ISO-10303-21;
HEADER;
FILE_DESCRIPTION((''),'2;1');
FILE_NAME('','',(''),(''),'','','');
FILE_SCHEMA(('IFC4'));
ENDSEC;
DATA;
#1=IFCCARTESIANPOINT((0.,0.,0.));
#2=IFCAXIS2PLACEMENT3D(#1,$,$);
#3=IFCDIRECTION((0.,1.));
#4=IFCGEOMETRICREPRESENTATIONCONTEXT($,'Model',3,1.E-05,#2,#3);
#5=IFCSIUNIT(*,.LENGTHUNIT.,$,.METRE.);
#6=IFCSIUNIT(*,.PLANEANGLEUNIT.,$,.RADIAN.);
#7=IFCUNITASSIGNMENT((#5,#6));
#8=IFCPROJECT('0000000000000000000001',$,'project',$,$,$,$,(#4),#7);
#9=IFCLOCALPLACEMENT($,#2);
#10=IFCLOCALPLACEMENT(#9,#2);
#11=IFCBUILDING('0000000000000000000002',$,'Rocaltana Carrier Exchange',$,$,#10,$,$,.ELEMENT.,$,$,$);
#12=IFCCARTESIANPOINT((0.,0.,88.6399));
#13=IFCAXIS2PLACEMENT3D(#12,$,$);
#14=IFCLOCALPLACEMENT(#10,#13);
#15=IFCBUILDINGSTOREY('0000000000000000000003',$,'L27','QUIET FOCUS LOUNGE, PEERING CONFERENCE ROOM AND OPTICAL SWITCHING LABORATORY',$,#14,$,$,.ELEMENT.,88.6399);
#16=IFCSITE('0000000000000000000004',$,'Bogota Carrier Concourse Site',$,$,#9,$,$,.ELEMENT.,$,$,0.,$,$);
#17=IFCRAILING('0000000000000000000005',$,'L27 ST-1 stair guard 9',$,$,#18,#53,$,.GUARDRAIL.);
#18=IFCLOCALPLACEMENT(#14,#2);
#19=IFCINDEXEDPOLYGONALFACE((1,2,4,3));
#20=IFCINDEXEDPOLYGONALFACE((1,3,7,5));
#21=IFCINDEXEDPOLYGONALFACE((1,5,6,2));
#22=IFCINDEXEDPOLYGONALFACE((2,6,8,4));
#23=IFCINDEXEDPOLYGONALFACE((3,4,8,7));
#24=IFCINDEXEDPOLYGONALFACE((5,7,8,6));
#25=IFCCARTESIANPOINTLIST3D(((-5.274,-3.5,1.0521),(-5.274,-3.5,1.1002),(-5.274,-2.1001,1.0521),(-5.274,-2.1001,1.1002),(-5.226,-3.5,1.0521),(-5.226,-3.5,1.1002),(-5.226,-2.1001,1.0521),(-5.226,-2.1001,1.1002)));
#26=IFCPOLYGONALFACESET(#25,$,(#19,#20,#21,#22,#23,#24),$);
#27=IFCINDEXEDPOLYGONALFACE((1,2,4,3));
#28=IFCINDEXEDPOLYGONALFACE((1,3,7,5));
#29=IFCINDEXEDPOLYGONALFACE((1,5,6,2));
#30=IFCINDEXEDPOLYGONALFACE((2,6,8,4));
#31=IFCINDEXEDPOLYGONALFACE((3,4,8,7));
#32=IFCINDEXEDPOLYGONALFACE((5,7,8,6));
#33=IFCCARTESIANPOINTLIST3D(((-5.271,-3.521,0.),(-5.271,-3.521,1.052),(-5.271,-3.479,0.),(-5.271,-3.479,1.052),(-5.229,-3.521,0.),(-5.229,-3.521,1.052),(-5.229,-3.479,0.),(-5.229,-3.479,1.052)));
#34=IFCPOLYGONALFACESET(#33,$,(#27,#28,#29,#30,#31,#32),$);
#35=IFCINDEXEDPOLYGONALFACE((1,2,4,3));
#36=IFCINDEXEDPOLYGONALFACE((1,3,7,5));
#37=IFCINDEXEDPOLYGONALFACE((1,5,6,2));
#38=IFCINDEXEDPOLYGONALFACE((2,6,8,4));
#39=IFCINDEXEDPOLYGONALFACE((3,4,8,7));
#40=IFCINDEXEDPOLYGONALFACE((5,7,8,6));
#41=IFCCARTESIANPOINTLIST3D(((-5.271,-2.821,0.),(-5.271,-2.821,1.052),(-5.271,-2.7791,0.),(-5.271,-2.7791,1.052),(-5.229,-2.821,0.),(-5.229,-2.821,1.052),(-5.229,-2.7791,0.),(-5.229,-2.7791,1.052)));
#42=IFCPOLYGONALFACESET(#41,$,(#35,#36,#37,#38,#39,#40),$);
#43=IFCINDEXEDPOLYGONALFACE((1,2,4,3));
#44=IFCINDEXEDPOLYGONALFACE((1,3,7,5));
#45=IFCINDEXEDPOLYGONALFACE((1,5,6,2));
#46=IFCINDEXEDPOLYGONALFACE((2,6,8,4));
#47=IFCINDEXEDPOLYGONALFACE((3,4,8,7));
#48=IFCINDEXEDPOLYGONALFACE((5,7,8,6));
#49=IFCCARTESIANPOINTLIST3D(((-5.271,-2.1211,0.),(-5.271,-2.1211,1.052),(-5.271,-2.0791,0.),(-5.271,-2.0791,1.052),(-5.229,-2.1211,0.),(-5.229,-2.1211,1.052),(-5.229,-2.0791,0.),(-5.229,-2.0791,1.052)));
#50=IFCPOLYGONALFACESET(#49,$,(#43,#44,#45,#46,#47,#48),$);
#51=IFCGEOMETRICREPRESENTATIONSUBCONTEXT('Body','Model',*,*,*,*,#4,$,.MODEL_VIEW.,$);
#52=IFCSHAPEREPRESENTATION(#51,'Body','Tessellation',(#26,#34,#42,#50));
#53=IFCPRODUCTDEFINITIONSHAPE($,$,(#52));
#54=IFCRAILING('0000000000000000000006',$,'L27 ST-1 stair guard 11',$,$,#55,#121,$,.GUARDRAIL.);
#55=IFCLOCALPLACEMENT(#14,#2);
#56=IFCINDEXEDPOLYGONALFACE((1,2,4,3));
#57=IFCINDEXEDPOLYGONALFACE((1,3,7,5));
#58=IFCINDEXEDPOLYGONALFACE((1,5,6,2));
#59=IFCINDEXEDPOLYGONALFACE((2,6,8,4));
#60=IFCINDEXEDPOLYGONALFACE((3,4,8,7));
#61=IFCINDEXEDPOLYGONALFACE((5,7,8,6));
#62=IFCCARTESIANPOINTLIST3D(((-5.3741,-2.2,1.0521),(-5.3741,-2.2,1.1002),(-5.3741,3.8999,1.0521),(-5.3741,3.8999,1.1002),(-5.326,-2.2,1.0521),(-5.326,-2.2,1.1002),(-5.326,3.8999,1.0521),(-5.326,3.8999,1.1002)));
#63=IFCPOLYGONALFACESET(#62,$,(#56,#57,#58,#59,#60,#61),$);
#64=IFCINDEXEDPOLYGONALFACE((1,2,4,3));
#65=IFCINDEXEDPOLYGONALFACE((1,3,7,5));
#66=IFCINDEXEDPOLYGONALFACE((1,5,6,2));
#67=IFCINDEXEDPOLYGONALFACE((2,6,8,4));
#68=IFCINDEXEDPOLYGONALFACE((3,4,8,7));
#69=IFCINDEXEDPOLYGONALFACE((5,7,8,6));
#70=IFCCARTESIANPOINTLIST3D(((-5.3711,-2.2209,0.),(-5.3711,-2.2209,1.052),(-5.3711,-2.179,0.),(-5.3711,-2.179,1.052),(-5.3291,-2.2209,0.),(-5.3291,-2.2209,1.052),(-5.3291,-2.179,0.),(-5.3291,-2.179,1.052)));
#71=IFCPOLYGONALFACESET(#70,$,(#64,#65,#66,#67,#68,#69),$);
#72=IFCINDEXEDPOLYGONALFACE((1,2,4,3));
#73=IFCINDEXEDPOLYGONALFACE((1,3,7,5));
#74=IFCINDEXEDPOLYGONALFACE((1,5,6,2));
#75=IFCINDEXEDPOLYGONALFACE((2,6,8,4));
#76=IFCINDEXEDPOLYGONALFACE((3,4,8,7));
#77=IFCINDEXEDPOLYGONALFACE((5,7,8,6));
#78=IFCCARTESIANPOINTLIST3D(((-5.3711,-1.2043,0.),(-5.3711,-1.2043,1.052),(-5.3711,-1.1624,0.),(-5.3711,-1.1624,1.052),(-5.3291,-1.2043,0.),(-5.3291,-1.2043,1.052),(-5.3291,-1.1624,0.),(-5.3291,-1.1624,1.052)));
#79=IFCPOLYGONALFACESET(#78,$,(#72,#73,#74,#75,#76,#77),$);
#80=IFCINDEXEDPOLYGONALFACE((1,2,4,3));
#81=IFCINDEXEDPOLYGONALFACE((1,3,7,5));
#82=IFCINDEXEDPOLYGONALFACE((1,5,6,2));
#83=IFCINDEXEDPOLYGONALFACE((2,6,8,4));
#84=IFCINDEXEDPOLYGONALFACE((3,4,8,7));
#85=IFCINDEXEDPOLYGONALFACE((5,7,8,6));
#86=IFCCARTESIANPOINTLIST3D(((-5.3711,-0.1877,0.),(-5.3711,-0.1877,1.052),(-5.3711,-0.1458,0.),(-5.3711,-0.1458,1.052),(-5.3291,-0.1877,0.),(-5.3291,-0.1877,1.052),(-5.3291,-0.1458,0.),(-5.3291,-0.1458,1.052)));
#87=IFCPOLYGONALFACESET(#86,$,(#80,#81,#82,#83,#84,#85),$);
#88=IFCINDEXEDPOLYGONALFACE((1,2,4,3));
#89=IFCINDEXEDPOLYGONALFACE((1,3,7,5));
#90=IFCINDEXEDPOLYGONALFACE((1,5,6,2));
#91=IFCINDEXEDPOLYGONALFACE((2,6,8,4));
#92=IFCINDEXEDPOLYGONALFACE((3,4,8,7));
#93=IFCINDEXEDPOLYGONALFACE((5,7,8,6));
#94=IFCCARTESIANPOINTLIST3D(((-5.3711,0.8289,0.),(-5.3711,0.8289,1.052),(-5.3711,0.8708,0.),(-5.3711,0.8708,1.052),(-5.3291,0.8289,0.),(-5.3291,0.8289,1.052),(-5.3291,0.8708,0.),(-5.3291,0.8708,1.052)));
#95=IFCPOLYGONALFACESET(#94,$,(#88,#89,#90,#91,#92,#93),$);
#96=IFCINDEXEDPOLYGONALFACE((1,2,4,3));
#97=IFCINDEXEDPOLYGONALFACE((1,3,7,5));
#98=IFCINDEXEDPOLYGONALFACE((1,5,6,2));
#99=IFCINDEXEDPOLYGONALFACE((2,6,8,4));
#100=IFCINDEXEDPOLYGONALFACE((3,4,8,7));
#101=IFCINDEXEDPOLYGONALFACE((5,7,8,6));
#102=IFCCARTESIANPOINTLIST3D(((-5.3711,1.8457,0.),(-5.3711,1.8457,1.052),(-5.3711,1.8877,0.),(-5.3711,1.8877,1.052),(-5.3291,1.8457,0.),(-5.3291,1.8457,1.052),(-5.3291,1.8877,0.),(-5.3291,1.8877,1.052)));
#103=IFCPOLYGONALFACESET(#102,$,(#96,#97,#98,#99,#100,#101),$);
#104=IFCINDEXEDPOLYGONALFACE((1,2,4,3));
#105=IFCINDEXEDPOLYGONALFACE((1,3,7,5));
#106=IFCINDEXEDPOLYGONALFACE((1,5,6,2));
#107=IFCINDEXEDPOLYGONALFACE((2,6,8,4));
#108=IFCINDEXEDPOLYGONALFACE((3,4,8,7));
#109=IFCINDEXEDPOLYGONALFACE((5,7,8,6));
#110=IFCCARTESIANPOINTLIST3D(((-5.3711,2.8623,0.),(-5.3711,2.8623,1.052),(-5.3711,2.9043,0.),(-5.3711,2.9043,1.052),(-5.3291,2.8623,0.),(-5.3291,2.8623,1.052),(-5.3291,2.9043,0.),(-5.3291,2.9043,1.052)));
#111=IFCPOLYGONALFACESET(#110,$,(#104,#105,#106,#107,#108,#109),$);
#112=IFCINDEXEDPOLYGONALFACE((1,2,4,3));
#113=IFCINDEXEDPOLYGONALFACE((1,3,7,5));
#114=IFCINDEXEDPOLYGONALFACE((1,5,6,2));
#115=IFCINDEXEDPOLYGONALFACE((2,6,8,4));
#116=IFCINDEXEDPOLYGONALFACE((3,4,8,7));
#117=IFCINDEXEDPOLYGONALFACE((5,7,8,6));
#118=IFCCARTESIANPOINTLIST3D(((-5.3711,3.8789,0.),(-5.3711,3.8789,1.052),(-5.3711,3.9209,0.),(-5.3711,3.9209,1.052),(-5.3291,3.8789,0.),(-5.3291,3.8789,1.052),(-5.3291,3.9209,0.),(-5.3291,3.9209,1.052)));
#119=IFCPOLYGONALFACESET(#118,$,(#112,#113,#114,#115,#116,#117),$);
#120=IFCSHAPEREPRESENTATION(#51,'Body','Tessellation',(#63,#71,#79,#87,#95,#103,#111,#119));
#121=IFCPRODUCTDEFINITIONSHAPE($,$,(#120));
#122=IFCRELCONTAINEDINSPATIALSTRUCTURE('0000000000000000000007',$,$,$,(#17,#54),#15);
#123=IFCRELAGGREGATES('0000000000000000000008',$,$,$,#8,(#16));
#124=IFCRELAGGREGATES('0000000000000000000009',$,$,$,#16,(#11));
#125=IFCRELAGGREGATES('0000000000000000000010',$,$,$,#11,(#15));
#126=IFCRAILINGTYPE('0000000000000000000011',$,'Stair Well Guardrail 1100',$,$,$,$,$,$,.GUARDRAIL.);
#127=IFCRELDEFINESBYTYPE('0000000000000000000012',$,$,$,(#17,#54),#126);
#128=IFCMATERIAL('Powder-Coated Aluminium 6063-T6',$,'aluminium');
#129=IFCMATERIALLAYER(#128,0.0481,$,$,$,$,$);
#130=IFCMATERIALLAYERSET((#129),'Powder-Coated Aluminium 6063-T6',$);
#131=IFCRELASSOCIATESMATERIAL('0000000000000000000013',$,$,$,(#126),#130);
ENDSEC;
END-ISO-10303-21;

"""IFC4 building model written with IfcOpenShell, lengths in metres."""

from ifc_helpers import new_model, si_unit, direction, frame, origin, origin_2d, place, context, subcontext, project, spatial, rectangle, extrude, material, layer, layer_set, type_object, element, save


model = new_model("IFC4")

# Units and contexts
model_context = context("Model", 3, precision=1e-05, world=origin(), true_north=direction((0.0, 1.0)))
body_context = subcontext(model_context, "Body", "Model", "MODEL_VIEW")
ifc_project = project(units=[si_unit("LENGTHUNIT", "METRE"), si_unit("PLANEANGLEUNIT", "RADIAN")], contexts=[model_context])

# Site, building, storey
site_placement = place(None, origin())
site = spatial("IfcSite", under=ifc_project, at=site_placement, Name="Bogota Carrier Concourse Site", CompositionType="ELEMENT", RefElevation=0.0)
building_placement = place(site_placement, origin())
building = spatial("IfcBuilding", under=site, at=building_placement, Name="Rocaltana Carrier Exchange", CompositionType="ELEMENT")
storey_placement = place(building_placement, frame((0.0, 0.0, 88.6399)))
storey = spatial("IfcBuildingStorey", under=building, at=storey_placement, Name="L27", Description="QUIET FOCUS LOUNGE, PEERING CONFERENCE ROOM AND OPTICAL SWITCHING LABORATORY", CompositionType="ELEMENT", Elevation=88.6399)

# Railings
ifc_material_1 = material(Name="Powder-Coated Aluminium 6063-T6", Category="aluminium")
ifc_layer_1 = layer(ifc_material_1, 0.0481)
ifc_layer_set_1 = layer_set([ifc_layer_1], Name="Powder-Coated Aluminium 6063-T6")
railing_type_1 = type_object("IfcRailingType", Name="Stair Well Guardrail 1100", PredefinedType="GUARDRAIL", material=ifc_layer_set_1)
for number, where, name in (
    (1, (-5.25, -3.5, 0.0), "L27 ST-1 stair guard 9"),
):
    element("IfcRailing", number, at=place(storey_placement, frame(where)), inside=storey, type_object=railing_type_1, Name=name, PredefinedType="GUARDRAIL", context=body_context, shape_type="SweptSolid", body=[
        extrude(rectangle(XDim=0.0481, YDim=0.0481, at=origin_2d()), frame((0.0, 0.0, 1.0762), z_axis=(0.0, 1.0, 0.0), x_axis=(-1.0, 0.0, 0.0)), (0.0, 0.0, 1.0), 1.3999),
        extrude(rectangle(XDim=0.042, YDim=0.042, at=origin_2d()), origin(), (0.0, 0.0, 1.0), 1.052),
        extrude(rectangle(XDim=0.042, YDim=0.042, at=origin_2d()), frame((0.0, 0.7, 0.0)), (0.0, 0.0, 1.0), 1.052),
        extrude(rectangle(XDim=0.042, YDim=0.042, at=origin_2d()), frame((0.0, 1.3999, 0.0)), (0.0, 0.0, 1.0), 1.052),
    ])
railing_1_placement = place(storey_placement, frame((-5.3501, -2.2, 0.0)))
element("IfcRailing", 2, at=railing_1_placement, inside=storey, type_object=railing_type_1, Name="L27 ST-1 stair guard 11", PredefinedType="GUARDRAIL", context=body_context, shape_type="SweptSolid", body=[
    extrude(rectangle(XDim=0.0481, YDim=0.0481, at=origin_2d()), frame((0.0, 0.0, 1.0762), z_axis=(0.0, 1.0, 0.0), x_axis=(-1.0, 0.0, 0.0)), (0.0, 0.0, 1.0), 6.0999),
    extrude(rectangle(XDim=0.042, YDim=0.042, at=origin_2d()), origin(), (0.0, 0.0, 1.0), 1.052),
    extrude(rectangle(XDim=0.042, YDim=0.042, at=origin_2d()), frame((0.0, 1.0166, 0.0)), (0.0, 0.0, 1.0), 1.052),
    extrude(rectangle(XDim=0.042, YDim=0.042, at=origin_2d()), frame((0.0, 2.0332, 0.0)), (0.0, 0.0, 1.0), 1.052),
    extrude(rectangle(XDim=0.042, YDim=0.042, at=origin_2d()), frame((0.0, 3.0498, 0.0)), (0.0, 0.0, 1.0), 1.052),
    extrude(rectangle(XDim=0.042, YDim=0.042, at=origin_2d()), frame((0.0, 4.0667, 0.0)), (0.0, 0.0, 1.0), 1.052),
    extrude(rectangle(XDim=0.042, YDim=0.042, at=origin_2d()), frame((0.0, 5.0833, 0.0)), (0.0, 0.0, 1.0), 1.052),
    extrude(rectangle(XDim=0.042, YDim=0.042, at=origin_2d()), frame((0.0, 6.0999, 0.0)), (0.0, 0.0, 1.0), 1.052),
])

save(model, "model.ifc")
